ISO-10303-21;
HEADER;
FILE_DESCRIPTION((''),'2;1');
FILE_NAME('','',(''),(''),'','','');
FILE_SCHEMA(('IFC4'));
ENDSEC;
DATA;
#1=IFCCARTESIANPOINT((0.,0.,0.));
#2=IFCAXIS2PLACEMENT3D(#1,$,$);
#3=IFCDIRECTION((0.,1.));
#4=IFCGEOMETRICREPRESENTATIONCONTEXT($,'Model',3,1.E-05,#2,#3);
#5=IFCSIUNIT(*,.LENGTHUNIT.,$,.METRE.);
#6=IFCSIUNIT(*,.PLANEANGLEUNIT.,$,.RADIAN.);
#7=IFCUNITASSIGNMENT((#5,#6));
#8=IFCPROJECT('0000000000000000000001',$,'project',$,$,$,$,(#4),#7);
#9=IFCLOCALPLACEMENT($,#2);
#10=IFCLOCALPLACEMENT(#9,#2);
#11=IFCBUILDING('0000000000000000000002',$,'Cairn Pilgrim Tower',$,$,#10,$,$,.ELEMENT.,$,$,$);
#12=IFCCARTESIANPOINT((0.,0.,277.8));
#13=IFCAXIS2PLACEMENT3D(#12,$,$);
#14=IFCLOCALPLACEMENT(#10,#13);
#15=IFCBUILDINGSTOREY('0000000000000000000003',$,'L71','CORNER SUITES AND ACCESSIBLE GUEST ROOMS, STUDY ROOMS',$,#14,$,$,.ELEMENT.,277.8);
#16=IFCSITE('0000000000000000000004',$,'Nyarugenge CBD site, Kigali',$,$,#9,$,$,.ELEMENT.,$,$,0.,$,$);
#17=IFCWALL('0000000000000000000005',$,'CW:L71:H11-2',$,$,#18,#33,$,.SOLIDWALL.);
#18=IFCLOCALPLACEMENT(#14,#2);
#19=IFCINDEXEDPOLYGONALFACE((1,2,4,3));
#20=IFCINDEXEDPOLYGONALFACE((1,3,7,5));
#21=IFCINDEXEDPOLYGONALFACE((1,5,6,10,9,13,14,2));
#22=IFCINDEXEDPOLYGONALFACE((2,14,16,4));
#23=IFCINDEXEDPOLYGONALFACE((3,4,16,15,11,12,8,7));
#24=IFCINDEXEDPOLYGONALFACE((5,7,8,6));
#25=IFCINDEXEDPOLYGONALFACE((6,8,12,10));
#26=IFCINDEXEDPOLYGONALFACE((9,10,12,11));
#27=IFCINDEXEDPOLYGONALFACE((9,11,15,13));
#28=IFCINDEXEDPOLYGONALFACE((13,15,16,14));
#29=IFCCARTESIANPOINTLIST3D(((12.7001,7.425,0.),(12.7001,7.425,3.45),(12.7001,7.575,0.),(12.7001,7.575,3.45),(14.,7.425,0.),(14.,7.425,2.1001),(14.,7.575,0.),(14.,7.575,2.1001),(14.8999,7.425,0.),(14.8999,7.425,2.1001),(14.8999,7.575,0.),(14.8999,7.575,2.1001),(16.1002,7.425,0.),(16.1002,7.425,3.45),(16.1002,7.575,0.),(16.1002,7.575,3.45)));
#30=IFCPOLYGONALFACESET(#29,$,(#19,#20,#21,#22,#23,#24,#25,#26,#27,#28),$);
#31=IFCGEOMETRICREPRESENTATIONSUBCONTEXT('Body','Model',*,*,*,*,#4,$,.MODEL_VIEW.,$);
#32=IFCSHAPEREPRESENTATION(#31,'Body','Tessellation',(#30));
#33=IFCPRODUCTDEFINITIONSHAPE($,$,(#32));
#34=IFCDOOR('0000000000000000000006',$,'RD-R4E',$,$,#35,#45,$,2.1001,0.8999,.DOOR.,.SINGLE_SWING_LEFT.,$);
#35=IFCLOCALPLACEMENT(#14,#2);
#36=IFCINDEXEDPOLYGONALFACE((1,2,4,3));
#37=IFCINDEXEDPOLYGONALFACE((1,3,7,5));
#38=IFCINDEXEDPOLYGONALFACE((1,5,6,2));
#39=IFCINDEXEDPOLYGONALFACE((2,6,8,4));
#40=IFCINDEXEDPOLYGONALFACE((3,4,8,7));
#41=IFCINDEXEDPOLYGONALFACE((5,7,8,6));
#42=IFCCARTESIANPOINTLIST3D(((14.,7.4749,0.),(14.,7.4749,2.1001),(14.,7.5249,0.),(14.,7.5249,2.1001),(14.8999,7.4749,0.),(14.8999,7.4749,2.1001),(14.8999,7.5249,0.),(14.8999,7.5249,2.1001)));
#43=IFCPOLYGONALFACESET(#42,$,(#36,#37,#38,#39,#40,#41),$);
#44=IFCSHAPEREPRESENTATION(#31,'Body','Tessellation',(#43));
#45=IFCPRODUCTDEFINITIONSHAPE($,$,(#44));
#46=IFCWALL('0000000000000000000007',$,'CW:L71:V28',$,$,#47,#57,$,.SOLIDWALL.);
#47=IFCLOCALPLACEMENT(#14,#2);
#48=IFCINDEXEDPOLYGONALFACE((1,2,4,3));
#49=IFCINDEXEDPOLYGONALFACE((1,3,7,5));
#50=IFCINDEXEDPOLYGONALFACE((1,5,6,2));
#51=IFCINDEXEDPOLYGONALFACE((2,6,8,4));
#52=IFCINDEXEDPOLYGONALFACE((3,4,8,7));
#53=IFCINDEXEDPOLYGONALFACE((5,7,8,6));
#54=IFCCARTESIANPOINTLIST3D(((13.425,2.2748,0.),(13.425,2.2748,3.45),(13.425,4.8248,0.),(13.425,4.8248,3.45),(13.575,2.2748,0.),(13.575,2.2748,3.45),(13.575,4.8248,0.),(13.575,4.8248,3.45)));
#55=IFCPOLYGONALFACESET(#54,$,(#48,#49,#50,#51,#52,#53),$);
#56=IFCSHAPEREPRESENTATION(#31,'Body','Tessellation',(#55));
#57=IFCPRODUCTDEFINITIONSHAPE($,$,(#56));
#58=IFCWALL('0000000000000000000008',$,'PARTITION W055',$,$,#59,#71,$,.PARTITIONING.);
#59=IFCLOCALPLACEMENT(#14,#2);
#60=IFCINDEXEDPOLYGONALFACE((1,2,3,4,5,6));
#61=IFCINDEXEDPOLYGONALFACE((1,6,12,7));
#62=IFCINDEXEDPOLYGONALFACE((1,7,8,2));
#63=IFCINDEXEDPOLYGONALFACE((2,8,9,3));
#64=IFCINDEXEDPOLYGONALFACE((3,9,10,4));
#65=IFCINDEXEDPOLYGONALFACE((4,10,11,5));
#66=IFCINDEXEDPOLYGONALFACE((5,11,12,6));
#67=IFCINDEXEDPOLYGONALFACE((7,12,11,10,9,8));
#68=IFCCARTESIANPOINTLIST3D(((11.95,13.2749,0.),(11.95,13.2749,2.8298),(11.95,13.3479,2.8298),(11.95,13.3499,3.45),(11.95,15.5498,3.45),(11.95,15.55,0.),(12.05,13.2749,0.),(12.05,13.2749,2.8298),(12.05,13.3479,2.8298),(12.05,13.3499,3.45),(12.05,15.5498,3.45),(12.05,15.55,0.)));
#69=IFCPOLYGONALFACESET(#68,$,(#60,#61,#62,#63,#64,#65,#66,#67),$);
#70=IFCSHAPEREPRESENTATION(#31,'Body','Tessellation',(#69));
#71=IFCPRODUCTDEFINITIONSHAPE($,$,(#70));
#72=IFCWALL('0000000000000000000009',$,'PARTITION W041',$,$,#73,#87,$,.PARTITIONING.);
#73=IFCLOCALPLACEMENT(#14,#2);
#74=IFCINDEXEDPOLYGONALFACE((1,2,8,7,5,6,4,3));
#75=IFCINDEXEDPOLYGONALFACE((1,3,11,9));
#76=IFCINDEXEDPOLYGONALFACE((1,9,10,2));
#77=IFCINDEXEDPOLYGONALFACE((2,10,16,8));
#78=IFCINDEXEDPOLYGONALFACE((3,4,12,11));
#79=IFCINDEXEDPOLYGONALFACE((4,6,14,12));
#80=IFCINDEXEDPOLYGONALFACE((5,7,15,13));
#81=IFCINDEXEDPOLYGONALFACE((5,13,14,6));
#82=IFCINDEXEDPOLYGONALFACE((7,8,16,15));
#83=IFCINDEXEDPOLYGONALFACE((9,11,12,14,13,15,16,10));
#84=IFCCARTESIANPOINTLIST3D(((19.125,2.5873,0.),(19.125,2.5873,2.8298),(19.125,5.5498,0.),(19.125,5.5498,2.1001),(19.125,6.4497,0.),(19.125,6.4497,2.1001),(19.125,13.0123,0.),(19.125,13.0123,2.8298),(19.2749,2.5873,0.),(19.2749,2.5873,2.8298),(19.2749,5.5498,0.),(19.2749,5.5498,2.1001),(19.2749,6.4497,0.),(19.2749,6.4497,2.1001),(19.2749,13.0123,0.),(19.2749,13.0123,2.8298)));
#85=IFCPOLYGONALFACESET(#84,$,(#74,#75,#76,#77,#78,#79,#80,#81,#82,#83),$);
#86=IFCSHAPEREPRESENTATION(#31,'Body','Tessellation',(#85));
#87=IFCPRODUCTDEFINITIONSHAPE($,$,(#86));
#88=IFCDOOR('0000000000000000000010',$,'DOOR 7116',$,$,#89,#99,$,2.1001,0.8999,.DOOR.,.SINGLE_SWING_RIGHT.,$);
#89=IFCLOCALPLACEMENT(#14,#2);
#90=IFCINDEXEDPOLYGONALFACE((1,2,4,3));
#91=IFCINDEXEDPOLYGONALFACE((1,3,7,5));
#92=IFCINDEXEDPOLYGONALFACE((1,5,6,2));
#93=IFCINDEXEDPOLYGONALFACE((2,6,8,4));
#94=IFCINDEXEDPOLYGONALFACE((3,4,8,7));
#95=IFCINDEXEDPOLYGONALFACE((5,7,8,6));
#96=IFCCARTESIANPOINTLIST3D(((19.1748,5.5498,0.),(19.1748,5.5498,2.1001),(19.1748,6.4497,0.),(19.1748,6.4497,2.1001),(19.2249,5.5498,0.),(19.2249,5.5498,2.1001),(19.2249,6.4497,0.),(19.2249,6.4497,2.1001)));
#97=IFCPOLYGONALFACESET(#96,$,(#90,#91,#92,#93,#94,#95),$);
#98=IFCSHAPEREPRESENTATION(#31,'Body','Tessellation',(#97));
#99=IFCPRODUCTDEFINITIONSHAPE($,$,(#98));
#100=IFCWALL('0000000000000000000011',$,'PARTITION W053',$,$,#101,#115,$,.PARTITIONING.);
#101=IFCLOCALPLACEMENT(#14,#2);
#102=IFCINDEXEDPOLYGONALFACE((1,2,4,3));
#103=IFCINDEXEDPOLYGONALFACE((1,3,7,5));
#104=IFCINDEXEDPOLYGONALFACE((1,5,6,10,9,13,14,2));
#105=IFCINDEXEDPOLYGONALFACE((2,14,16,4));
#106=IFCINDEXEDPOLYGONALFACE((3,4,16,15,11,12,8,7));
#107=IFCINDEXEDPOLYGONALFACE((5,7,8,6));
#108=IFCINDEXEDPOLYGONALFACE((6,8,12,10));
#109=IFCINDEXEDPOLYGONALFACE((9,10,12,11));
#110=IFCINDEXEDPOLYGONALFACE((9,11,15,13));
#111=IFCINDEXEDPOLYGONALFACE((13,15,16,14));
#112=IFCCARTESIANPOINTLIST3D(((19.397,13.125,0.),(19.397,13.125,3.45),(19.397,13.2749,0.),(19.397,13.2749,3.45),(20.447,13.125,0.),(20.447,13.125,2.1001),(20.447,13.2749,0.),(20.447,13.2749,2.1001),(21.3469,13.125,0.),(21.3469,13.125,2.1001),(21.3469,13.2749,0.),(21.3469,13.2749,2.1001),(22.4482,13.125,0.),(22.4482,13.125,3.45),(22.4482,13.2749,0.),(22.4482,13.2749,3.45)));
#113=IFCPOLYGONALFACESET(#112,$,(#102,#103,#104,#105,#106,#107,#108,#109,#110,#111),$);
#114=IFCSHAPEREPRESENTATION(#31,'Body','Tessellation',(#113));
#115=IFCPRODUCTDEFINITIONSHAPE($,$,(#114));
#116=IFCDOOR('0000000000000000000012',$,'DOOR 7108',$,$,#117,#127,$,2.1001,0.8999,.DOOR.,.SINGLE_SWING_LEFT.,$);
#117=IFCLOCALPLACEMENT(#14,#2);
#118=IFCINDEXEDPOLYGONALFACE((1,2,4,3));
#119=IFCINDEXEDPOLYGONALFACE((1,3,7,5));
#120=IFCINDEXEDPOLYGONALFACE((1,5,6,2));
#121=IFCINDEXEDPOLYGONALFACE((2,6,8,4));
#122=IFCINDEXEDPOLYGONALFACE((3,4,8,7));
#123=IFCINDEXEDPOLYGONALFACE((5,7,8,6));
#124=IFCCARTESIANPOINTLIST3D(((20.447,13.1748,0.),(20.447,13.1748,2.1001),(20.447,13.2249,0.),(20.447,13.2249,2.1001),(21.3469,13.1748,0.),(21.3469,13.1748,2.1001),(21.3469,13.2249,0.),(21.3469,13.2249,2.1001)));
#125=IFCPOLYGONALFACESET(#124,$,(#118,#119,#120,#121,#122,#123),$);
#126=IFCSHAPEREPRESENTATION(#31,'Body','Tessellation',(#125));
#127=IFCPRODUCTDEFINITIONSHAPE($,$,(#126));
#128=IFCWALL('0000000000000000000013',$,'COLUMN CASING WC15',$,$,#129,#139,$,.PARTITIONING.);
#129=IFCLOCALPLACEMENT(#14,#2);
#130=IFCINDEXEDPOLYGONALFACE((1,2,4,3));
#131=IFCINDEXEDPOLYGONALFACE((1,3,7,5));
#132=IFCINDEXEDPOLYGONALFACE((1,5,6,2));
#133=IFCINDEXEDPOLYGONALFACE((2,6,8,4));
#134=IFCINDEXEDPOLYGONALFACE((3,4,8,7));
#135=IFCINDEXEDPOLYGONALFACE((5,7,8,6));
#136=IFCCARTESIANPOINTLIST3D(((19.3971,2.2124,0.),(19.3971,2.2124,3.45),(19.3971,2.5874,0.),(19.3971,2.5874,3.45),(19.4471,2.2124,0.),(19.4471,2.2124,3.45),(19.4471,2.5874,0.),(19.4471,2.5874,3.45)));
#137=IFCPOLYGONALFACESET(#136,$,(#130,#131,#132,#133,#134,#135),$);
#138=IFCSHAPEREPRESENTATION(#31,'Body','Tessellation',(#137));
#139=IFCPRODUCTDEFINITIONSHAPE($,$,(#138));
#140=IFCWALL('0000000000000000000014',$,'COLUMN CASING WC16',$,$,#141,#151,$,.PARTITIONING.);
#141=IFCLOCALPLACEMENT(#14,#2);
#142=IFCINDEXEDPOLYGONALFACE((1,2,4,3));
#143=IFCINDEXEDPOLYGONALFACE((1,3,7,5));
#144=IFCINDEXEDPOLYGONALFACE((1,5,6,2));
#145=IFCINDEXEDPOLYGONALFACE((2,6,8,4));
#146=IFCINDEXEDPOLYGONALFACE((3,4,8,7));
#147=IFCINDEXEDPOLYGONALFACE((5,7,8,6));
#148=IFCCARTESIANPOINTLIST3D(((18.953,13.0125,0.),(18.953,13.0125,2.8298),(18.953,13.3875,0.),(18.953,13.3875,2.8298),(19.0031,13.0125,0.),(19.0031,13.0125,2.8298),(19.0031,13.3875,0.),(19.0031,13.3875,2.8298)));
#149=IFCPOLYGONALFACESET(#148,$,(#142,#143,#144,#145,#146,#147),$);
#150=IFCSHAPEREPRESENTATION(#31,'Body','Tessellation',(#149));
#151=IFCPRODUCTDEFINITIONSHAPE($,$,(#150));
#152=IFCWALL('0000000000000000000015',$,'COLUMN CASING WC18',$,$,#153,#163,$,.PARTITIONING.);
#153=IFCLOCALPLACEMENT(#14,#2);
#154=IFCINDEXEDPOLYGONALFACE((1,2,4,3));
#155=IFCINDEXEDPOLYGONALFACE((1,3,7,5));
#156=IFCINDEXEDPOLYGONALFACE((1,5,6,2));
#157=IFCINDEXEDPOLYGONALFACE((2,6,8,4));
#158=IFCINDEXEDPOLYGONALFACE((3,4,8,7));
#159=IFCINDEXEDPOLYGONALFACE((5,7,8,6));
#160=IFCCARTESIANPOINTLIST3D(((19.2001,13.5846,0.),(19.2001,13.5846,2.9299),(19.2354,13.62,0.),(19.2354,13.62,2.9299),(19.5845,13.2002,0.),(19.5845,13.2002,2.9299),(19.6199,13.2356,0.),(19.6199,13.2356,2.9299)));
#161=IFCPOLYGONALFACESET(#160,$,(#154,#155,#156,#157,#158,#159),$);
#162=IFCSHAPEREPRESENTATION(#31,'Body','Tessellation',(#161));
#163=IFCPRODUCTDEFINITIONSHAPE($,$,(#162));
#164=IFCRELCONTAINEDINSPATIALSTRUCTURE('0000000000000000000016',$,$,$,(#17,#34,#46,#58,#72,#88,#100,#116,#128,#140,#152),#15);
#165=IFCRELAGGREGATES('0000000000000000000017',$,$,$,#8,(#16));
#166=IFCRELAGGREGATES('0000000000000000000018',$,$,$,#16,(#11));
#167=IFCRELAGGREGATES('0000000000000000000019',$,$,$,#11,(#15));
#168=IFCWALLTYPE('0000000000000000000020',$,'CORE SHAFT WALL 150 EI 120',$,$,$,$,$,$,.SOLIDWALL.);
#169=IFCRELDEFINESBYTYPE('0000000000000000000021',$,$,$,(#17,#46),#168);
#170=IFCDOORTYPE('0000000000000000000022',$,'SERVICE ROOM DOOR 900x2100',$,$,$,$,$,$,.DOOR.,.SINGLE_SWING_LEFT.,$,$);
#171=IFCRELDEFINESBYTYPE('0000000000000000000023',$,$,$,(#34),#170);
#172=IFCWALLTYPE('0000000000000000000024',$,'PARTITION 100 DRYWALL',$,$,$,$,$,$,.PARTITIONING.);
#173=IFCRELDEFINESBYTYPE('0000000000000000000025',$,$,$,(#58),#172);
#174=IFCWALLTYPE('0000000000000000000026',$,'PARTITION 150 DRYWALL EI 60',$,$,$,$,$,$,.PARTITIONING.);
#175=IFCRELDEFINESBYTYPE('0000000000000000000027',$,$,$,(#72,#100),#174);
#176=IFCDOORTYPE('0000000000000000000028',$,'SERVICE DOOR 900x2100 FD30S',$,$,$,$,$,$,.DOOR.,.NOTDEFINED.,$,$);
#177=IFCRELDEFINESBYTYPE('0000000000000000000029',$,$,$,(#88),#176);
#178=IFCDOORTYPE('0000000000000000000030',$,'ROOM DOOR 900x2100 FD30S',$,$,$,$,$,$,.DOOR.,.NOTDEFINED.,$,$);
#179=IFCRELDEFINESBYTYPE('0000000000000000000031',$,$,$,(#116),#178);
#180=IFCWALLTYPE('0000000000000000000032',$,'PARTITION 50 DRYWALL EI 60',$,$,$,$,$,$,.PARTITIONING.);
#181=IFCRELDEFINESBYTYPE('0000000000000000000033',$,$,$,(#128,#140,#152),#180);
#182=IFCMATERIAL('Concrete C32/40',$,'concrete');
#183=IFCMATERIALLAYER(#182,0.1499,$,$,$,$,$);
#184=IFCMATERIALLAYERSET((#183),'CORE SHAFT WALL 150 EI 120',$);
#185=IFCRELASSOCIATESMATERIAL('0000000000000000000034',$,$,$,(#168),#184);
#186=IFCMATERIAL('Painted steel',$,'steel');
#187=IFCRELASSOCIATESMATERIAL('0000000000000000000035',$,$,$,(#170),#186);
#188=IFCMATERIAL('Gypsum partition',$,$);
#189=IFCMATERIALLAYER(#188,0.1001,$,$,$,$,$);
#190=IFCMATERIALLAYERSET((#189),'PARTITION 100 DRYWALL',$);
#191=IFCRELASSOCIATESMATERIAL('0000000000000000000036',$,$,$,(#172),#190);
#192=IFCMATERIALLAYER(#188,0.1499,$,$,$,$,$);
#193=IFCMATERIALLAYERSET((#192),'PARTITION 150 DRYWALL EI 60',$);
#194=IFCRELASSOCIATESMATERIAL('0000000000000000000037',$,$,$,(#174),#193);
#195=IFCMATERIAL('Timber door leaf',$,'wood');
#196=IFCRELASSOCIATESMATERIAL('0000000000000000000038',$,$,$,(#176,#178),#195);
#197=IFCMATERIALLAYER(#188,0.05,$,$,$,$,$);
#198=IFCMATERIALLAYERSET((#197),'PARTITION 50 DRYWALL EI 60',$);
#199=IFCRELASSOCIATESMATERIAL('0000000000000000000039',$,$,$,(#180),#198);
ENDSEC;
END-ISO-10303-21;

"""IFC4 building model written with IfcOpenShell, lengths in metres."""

from ifc_helpers import new_model, si_unit, direction, frame, frame_2d, origin, place, context, subcontext, project, spatial, polyline, rectangle, outline, extrude, material, layer, layer_set, type_object, element, fill, save


model = new_model("IFC4")

# Units and contexts
model_context = context("Model", 3, precision=1e-05, world=origin(), true_north=direction((0.0, 1.0)))
body_context = subcontext(model_context, "Body", "Model", "MODEL_VIEW")
ifc_project = project(units=[si_unit("LENGTHUNIT", "METRE"), si_unit("PLANEANGLEUNIT", "RADIAN")], contexts=[model_context])

# Site, building, storey
site_placement = place(None, origin())
site = spatial("IfcSite", under=ifc_project, at=site_placement, Name="Nyarugenge CBD site, Kigali", CompositionType="ELEMENT", RefElevation=0.0)
building_placement = place(site_placement, origin())
building = spatial("IfcBuilding", under=site, at=building_placement, Name="Cairn Pilgrim Tower", CompositionType="ELEMENT")
storey_placement = place(building_placement, frame((0.0, 0.0, 277.8)))
storey = spatial("IfcBuildingStorey", under=building, at=storey_placement, Name="L71", Description="CORNER SUITES AND ACCESSIBLE GUEST ROOMS, STUDY ROOMS", CompositionType="ELEMENT", Elevation=277.8)

# Shared definitions
ifc_material_1 = material(Name="Concrete C32/40", Category="concrete")

# Wall, opening, door
ifc_layer_1 = layer(ifc_material_1, 0.1499)
ifc_layer_set_1 = layer_set([ifc_layer_1], Name="CORE SHAFT WALL 150 EI 120")
wall_type_1 = type_object("IfcWallType", Name="CORE SHAFT WALL 150 EI 120", PredefinedType="SOLIDWALL", material=ifc_layer_set_1)
wall_1_placement = place(storey_placement, frame((12.7, 7.5, 0.0), z_axis=(0.0, 0.0, 1.0), x_axis=(1.0, 0.0, 0.0)))
wall_1 = element("IfcWall", 1, at=wall_1_placement, inside=storey, type_object=wall_type_1, Name="CW:L71:H11-2", PredefinedType="SOLIDWALL", context=body_context, shape_type="SweptSolid", body=[
    extrude(rectangle(XDim=3.4001, YDim=0.1499, at=frame_2d((1.7002, 0.0))), origin(), (0.0, 0.0, 1.0), 3.45),
])
opening_1_placement = place(wall_1_placement, frame((1.3, 0.0, 0.0)))
opening_1 = element("IfcOpeningElement", 2, at=opening_1_placement, cuts=wall_1, PredefinedType="OPENING", context=body_context, shape_type="SweptSolid", body=[
    extrude(rectangle(XDim=0.8999, YDim=2.1001, at=frame_2d((0.45, 1.05))), frame((0.0, 0.085, 0.0), z_axis=(0.0, -1.0, 0.0), x_axis=(1.0, 0.0, 0.0)), (0.0, 0.0, 1.0), 0.1699),
])
ifc_material_2 = material(Name="Painted steel", Category="steel")
door_type_1 = type_object("IfcDoorType", Name="SERVICE ROOM DOOR 900x2100", OperationType="SINGLE_SWING_LEFT", PredefinedType="DOOR", material=ifc_material_2)
door_1_placement = place(opening_1_placement, origin())
door_1 = element("IfcDoor", 3, at=door_1_placement, inside=storey, type_object=door_type_1, Name="RD-R4E", OperationType="SINGLE_SWING_LEFT", OverallHeight=2.1001, OverallWidth=0.8999, PredefinedType="DOOR", context=body_context, shape_type="SweptSolid", body=[
    extrude(rectangle(XDim=0.8999, YDim=2.1001, at=frame_2d((0.45, 1.05))), frame((0.0, 0.0249, 0.0), z_axis=(0.0, -1.0, 0.0), x_axis=(1.0, 0.0, 0.0)), (0.0, 0.0, 1.0), 0.05),
])
fill(opening_1, door_1)

# Walls
wall_2_placement = place(storey_placement, frame((13.5, 2.2749, 0.0), z_axis=(0.0, 0.0, 1.0), x_axis=(0.0, 1.0, 0.0)))
element("IfcWall", 4, at=wall_2_placement, inside=storey, type_object=wall_type_1, Name="CW:L71:V28", PredefinedType="SOLIDWALL", context=body_context, shape_type="SweptSolid", body=[
    extrude(rectangle(XDim=2.55, YDim=0.1499, at=frame_2d((1.2749, 0.0))), origin(), (0.0, 0.0, 1.0), 3.45),
])
ifc_material_3 = material(Name="Gypsum partition")
ifc_layer_2 = layer(ifc_material_3, 0.1001)
ifc_layer_set_2 = layer_set([ifc_layer_2], Name="PARTITION 100 DRYWALL")
wall_type_2 = type_object("IfcWallType", Name="PARTITION 100 DRYWALL", PredefinedType="PARTITIONING", material=ifc_layer_set_2)
wall_3_placement = place(storey_placement, frame((12.0, 13.2749, 0.0), z_axis=(0.0, 0.0, 1.0), x_axis=(0.0, 1.0, 0.0)))
element("IfcWall", 5, at=wall_3_placement, inside=storey, type_object=wall_type_2, Name="PARTITION W055", PredefinedType="PARTITIONING", context=body_context, shape_type="SweptSolid", body=[
    extrude(outline(polyline([(0.0, 0.0), (2.2751, 0.0), (2.2749, 3.45), (0.075, 3.45), (0.073, 2.8298), (0.0, 2.8298), (0.0, 0.0)])), frame((0.0, 0.05, 0.0), z_axis=(0.0, -1.0, 0.0), x_axis=(1.0, 0.0, 0.0)), (0.0, 0.0, 1.0), 0.1001),
])

# Walls, openings, doors
ifc_layer_3 = layer(ifc_material_3, 0.1499)
ifc_layer_set_3 = layer_set([ifc_layer_3], Name="PARTITION 150 DRYWALL EI 60")
wall_type_3 = type_object("IfcWallType", Name="PARTITION 150 DRYWALL EI 60", PredefinedType="PARTITIONING", material=ifc_layer_set_3)
wall_4_placement = place(storey_placement, frame((19.2, 2.5874, 0.0), z_axis=(0.0, 0.0, 1.0), x_axis=(0.0, 1.0, 0.0)))
wall_4 = element("IfcWall", 6, at=wall_4_placement, inside=storey, type_object=wall_type_3, Name="PARTITION W041", PredefinedType="PARTITIONING", context=body_context, shape_type="SweptSolid", body=[
    extrude(rectangle(XDim=10.425, YDim=0.1499, at=frame_2d((5.2124, 0.0))), origin(), (0.0, 0.0, 1.0), 2.8298),
])
opening_2_placement = place(wall_4_placement, frame((2.9624, 0.0, 0.0)))
opening_2 = element("IfcOpeningElement", 7, at=opening_2_placement, cuts=wall_4, PredefinedType="OPENING", context=body_context, shape_type="SweptSolid", body=[
    extrude(rectangle(XDim=0.8999, YDim=2.1001, at=frame_2d((0.45, 1.05))), frame((0.0, 0.085, 0.0), z_axis=(0.0, -1.0, 0.0), x_axis=(1.0, 0.0, 0.0)), (0.0, 0.0, 1.0), 0.1699),
])
ifc_material_4 = material(Name="Timber door leaf", Category="wood")
door_type_2 = type_object("IfcDoorType", Name="SERVICE DOOR 900x2100 FD30S", OperationType="NOTDEFINED", PredefinedType="DOOR", material=ifc_material_4)
door_2_placement = place(opening_2_placement, frame((0.8999, 0.0, 0.0), z_axis=(0.0, 0.0, 1.0), x_axis=(-1.0, 0.0, 0.0)))
door_2 = element("IfcDoor", 8, at=door_2_placement, inside=storey, type_object=door_type_2, Name="DOOR 7116", OperationType="SINGLE_SWING_RIGHT", OverallHeight=2.1001, OverallWidth=0.8999, PredefinedType="DOOR", context=body_context, shape_type="SweptSolid", body=[
    extrude(rectangle(XDim=0.8999, YDim=2.1001, at=frame_2d((0.45, 1.05))), frame((0.0, 0.0249, 0.0), z_axis=(0.0, -1.0, 0.0), x_axis=(1.0, 0.0, 0.0)), (0.0, 0.0, 1.0), 0.05),
])
fill(opening_2, door_2)
wall_5_placement = place(storey_placement, frame((19.397, 13.2, 0.0), z_axis=(0.0, 0.0, 1.0), x_axis=(1.0, 0.0, 0.0)))
wall_5 = element("IfcWall", 9, at=wall_5_placement, inside=storey, type_object=wall_type_3, Name="PARTITION W053", PredefinedType="PARTITIONING", context=body_context, shape_type="SweptSolid", body=[
    extrude(rectangle(XDim=3.0513, YDim=0.1499, at=frame_2d((1.5256, 0.0))), origin(), (0.0, 0.0, 1.0), 3.45),
])
opening_3_placement = place(wall_5_placement, frame((1.05, 0.0, 0.0)))
opening_3 = element("IfcOpeningElement", 10, at=opening_3_placement, cuts=wall_5, PredefinedType="OPENING", context=body_context, shape_type="SweptSolid", body=[
    extrude(rectangle(XDim=0.8999, YDim=2.1001, at=frame_2d((0.45, 1.05))), frame((0.0, 0.085, 0.0), z_axis=(0.0, -1.0, 0.0), x_axis=(1.0, 0.0, 0.0)), (0.0, 0.0, 1.0), 0.1699),
])
door_type_3 = type_object("IfcDoorType", Name="ROOM DOOR 900x2100 FD30S", OperationType="NOTDEFINED", PredefinedType="DOOR", material=ifc_material_4)
door_3_placement = place(opening_3_placement, origin())
door_3 = element("IfcDoor", 11, at=door_3_placement, inside=storey, type_object=door_type_3, Name="DOOR 7108", OperationType="SINGLE_SWING_LEFT", OverallHeight=2.1001, OverallWidth=0.8999, PredefinedType="DOOR", context=body_context, shape_type="SweptSolid", body=[
    extrude(rectangle(XDim=0.8999, YDim=2.1001, at=frame_2d((0.45, 1.05))), frame((0.0, 0.0249, 0.0), z_axis=(0.0, -1.0, 0.0), x_axis=(1.0, 0.0, 0.0)), (0.0, 0.0, 1.0), 0.05),
])
fill(opening_3, door_3)

# Walls
ifc_layer_4 = layer(ifc_material_3, 0.05)
ifc_layer_set_4 = layer_set([ifc_layer_4], Name="PARTITION 50 DRYWALL EI 60")
wall_type_4 = type_object("IfcWallType", Name="PARTITION 50 DRYWALL EI 60", PredefinedType="PARTITIONING", material=ifc_layer_set_4)
wall_6_placement = place(storey_placement, frame((19.4221, 2.2124, 0.0), z_axis=(0.0, 0.0, 1.0), x_axis=(0.0, 1.0, 0.0)))
element("IfcWall", 12, at=wall_6_placement, inside=storey, type_object=wall_type_4, Name="COLUMN CASING WC15", PredefinedType="PARTITIONING", context=body_context, shape_type="SweptSolid", body=[
    extrude(rectangle(XDim=0.375, YDim=0.05, at=frame_2d((0.1875, 0.0))), origin(), (0.0, 0.0, 1.0), 3.45),
])
wall_7_placement = place(storey_placement, frame((18.978, 13.0125, 0.0), z_axis=(0.0, 0.0, 1.0), x_axis=(0.0, 1.0, 0.0)))
element("IfcWall", 13, at=wall_7_placement, inside=storey, type_object=wall_type_4, Name="COLUMN CASING WC16", PredefinedType="PARTITIONING", context=body_context, shape_type="SweptSolid", body=[
    extrude(rectangle(XDim=0.375, YDim=0.05, at=frame_2d((0.1875, 0.0))), origin(), (0.0, 0.0, 1.0), 2.8298),
])
wall_8_placement = place(storey_placement, frame((19.6023, 13.2178, 0.0), z_axis=(0.0, 0.0, 1.0), x_axis=(-0.707107, 0.707107, 0.0)))
element("IfcWall", 14, at=wall_8_placement, inside=storey, type_object=wall_type_4, Name="COLUMN CASING WC18", PredefinedType="PARTITIONING", context=body_context, shape_type="SweptSolid", body=[
    extrude(rectangle(XDim=0.5437, YDim=0.05, at=frame_2d((0.272, 0.0))), origin(), (0.0, 0.0, 1.0), 2.9299),
])

save(model, "model.ifc")
